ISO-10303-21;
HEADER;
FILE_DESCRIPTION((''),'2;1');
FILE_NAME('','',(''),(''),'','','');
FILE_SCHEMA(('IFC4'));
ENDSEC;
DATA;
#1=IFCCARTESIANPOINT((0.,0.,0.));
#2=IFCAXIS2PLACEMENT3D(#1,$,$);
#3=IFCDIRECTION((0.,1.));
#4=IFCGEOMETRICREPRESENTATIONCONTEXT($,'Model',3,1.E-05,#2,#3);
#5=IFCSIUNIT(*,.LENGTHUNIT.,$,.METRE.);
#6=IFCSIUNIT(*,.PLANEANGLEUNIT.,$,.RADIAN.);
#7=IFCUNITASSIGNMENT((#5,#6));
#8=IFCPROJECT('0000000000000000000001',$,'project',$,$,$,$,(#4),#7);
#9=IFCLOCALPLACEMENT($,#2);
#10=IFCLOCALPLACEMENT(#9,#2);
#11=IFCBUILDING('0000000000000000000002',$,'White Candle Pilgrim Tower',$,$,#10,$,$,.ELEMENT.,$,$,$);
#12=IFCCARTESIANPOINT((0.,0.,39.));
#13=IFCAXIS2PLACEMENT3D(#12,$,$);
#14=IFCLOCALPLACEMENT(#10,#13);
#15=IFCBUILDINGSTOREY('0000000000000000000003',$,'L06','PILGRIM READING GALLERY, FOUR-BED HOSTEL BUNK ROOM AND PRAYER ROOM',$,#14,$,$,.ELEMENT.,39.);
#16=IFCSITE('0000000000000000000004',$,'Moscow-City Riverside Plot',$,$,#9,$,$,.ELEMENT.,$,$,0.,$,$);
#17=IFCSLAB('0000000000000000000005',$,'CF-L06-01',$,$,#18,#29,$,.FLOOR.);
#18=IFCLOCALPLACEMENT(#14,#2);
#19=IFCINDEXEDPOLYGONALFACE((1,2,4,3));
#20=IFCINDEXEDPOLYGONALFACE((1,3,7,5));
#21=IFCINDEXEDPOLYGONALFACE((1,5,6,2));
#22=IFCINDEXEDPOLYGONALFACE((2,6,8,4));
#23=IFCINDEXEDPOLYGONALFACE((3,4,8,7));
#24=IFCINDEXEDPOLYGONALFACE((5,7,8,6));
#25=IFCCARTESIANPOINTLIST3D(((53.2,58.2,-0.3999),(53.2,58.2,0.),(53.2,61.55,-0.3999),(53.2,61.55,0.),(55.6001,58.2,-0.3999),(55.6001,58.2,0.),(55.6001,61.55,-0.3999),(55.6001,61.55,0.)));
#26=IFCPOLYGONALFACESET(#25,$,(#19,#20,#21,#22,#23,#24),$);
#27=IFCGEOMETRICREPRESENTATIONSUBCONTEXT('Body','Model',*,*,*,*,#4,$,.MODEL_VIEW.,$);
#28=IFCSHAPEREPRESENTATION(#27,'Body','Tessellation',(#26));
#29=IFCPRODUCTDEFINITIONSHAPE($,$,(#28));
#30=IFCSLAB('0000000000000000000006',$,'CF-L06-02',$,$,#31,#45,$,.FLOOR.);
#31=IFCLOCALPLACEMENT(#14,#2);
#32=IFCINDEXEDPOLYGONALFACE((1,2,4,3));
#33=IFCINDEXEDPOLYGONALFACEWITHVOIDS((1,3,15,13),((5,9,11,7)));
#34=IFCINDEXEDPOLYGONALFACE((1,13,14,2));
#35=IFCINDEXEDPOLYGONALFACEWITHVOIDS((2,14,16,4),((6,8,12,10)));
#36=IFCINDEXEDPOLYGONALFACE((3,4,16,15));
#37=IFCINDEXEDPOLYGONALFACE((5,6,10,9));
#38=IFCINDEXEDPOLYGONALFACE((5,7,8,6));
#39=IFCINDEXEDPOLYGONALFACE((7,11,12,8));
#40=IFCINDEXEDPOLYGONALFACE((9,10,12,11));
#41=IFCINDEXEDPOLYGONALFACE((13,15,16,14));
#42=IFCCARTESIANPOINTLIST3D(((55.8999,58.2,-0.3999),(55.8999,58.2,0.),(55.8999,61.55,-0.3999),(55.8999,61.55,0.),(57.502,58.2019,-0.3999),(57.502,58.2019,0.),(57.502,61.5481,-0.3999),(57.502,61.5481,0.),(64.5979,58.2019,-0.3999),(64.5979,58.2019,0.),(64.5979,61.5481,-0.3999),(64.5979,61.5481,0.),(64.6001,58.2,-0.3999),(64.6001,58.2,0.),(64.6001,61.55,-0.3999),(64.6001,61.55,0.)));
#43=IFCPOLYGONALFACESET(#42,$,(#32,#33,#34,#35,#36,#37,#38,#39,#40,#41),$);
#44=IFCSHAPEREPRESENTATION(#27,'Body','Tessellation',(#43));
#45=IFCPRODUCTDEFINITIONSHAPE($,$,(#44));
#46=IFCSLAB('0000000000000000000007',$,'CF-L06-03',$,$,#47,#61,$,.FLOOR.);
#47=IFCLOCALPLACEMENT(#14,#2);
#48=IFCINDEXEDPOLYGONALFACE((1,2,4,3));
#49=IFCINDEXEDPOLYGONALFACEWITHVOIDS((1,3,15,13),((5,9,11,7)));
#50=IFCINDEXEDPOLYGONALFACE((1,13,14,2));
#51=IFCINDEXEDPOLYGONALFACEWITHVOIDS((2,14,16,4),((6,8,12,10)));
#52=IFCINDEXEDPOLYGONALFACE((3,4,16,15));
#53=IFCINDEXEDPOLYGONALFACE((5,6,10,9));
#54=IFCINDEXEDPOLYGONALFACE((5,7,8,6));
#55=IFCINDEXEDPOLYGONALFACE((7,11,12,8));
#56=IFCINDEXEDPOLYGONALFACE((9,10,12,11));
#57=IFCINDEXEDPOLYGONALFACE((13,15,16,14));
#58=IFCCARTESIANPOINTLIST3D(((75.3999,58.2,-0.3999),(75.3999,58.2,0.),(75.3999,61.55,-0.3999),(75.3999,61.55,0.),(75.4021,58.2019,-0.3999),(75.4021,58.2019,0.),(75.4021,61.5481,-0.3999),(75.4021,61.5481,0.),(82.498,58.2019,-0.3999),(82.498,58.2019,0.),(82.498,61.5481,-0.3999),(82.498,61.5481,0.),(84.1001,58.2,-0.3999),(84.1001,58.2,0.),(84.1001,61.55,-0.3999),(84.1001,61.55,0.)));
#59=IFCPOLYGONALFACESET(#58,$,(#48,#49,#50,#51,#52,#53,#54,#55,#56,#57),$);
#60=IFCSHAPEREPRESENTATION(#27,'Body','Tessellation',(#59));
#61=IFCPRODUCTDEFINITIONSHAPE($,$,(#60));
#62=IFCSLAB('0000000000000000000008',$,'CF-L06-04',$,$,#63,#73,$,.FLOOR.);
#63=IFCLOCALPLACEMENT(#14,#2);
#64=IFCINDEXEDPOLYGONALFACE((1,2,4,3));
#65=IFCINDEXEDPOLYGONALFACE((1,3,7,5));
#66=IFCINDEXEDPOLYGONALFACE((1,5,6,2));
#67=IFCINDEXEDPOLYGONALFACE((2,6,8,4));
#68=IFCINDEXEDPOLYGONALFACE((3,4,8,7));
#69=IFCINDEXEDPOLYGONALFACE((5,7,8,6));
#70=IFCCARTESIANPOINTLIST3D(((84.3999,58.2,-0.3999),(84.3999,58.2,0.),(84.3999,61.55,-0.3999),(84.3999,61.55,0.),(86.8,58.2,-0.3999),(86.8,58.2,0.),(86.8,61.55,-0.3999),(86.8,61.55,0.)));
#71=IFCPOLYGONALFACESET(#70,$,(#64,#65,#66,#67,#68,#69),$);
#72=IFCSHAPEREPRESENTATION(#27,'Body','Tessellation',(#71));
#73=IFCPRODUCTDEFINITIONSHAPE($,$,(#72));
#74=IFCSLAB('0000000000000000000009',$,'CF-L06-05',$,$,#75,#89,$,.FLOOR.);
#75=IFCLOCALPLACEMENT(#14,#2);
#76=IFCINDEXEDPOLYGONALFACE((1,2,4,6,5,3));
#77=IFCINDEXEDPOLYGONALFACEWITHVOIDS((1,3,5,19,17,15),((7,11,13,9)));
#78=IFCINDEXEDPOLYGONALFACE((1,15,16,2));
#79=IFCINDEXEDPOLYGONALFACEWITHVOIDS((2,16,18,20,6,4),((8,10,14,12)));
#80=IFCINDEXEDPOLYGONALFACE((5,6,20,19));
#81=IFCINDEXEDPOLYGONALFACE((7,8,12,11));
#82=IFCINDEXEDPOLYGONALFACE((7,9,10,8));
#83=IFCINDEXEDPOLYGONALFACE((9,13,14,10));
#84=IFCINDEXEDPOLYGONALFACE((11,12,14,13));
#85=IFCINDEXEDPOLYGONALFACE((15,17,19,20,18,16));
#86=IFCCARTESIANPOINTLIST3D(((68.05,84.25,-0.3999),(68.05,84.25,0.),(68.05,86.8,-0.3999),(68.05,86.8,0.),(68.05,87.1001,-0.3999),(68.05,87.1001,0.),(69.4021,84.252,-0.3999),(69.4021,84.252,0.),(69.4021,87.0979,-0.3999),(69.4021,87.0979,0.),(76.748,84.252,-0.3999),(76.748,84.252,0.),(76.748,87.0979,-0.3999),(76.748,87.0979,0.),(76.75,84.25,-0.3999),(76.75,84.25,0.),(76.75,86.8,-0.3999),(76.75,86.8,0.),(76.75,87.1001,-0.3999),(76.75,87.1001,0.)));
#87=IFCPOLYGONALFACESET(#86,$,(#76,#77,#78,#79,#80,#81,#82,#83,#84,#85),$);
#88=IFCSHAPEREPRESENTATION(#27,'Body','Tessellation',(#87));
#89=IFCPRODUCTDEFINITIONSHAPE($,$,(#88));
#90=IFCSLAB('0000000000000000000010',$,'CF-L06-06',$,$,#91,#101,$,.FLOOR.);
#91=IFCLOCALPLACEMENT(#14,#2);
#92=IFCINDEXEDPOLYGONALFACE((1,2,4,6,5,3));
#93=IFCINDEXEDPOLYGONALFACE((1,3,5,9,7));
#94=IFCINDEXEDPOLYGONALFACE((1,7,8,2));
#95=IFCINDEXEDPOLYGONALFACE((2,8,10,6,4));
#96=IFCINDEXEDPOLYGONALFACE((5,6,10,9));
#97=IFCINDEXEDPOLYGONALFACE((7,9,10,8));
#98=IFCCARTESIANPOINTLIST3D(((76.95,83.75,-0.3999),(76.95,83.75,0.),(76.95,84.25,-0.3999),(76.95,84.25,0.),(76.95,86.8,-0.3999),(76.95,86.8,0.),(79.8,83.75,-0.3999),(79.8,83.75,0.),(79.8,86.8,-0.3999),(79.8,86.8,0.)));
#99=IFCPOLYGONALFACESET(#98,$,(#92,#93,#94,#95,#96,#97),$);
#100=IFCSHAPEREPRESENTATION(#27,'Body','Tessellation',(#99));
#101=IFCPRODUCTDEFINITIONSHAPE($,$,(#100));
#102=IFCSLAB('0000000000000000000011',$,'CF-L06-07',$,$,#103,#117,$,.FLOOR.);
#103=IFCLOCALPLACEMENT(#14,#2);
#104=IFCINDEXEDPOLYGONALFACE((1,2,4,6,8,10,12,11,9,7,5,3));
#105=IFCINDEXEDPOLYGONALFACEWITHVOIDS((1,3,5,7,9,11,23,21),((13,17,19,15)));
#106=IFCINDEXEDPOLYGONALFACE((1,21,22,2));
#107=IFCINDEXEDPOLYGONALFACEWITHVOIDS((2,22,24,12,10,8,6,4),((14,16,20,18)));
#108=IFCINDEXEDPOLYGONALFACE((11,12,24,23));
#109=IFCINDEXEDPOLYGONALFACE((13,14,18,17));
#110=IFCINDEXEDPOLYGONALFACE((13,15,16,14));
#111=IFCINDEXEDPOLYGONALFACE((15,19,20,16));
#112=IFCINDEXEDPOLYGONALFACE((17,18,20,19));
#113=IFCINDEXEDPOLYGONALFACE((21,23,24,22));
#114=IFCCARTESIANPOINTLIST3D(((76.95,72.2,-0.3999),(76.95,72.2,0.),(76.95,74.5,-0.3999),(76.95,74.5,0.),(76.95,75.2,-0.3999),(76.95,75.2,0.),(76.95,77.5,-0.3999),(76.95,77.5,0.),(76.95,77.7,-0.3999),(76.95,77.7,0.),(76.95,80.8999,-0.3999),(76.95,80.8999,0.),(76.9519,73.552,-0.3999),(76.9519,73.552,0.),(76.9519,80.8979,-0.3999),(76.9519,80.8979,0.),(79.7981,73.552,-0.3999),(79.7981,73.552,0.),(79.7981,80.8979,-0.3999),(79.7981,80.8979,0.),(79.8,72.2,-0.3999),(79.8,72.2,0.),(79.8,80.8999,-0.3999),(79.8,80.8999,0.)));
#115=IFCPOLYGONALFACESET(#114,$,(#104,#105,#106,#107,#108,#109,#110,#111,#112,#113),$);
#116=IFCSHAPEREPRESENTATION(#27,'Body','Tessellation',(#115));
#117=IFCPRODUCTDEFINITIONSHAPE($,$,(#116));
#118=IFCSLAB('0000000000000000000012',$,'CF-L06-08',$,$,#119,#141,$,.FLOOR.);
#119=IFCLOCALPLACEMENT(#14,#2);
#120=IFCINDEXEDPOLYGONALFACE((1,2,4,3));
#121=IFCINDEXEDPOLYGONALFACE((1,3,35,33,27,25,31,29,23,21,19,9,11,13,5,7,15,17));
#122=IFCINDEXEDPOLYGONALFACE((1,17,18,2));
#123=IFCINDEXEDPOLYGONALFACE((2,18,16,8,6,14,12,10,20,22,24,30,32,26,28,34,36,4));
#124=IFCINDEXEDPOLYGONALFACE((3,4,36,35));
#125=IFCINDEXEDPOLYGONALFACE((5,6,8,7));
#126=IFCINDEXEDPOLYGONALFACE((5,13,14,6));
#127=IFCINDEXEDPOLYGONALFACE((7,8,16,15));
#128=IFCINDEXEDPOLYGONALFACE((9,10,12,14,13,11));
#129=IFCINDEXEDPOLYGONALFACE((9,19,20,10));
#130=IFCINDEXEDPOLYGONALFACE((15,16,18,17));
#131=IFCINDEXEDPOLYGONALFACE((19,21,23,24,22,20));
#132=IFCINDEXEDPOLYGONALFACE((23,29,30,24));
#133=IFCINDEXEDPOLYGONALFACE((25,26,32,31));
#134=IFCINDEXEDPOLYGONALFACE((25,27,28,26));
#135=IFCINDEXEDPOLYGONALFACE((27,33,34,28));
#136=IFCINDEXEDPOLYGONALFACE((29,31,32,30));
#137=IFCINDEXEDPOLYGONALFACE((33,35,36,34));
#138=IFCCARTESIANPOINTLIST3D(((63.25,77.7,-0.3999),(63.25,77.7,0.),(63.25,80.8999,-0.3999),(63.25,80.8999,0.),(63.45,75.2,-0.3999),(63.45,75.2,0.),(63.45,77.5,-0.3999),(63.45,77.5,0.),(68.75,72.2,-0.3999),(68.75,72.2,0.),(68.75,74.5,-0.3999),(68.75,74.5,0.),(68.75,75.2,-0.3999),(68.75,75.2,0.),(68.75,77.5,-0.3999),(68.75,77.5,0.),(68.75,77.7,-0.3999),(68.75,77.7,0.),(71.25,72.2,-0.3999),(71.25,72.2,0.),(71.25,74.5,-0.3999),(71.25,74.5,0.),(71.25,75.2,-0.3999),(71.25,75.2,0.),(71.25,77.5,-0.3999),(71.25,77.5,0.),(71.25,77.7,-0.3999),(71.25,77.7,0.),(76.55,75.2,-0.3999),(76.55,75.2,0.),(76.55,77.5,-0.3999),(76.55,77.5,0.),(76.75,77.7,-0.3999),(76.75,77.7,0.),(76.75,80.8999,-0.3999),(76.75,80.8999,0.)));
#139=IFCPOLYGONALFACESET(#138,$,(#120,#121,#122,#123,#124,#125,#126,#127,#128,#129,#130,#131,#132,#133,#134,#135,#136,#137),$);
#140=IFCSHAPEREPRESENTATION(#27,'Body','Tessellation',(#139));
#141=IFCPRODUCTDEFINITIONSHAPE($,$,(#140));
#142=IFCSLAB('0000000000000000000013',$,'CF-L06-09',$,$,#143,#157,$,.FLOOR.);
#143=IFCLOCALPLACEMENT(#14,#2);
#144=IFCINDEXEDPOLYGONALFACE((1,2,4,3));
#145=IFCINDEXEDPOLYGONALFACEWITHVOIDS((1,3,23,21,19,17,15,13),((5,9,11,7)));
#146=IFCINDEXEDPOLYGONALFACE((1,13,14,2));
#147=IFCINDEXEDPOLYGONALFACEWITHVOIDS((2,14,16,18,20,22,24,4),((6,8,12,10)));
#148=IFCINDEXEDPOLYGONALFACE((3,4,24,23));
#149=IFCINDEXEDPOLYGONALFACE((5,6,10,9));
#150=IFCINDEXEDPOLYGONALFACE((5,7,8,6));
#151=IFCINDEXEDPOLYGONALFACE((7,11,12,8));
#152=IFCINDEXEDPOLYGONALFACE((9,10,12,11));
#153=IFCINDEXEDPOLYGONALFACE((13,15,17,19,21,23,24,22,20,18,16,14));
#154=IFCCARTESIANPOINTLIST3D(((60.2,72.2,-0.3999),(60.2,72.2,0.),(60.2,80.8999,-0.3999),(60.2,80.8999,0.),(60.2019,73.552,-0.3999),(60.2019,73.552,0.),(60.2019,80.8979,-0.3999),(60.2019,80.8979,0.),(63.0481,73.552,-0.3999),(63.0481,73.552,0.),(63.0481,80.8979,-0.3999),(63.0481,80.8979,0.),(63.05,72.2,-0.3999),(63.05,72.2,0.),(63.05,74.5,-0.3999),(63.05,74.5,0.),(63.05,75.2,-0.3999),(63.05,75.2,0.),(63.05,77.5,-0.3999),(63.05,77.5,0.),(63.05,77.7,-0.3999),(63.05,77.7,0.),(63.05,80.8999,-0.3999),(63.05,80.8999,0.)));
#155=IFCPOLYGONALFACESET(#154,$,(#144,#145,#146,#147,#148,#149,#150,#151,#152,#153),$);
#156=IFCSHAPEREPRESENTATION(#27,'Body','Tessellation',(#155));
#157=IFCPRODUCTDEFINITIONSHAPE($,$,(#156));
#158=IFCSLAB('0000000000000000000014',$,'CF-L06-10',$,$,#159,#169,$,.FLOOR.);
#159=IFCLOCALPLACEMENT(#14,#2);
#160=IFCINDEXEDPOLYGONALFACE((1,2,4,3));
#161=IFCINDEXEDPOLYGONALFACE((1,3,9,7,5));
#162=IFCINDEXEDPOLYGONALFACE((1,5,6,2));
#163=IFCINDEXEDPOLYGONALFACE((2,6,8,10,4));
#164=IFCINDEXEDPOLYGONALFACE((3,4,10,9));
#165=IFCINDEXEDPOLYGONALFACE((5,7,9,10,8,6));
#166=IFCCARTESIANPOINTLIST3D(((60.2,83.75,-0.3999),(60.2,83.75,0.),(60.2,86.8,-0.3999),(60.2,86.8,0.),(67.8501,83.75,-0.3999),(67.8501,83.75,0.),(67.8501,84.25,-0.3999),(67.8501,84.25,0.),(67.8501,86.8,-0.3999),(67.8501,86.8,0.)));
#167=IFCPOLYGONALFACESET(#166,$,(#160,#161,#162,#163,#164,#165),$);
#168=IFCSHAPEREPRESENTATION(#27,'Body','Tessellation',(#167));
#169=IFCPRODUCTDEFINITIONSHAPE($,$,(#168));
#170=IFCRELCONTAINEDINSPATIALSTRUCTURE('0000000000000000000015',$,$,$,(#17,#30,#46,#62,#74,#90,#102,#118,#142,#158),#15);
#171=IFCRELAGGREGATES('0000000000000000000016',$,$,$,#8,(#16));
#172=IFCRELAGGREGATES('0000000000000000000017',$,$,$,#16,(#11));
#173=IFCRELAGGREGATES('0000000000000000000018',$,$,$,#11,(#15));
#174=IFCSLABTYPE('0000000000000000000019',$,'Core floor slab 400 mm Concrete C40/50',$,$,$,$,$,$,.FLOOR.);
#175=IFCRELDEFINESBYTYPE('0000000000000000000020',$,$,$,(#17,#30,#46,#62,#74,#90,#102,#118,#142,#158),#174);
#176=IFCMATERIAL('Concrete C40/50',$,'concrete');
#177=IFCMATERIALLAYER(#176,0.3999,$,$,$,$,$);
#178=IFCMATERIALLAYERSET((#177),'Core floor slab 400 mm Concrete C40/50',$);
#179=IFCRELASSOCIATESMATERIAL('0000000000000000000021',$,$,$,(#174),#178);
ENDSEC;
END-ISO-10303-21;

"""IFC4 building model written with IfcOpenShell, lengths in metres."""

from ifc_helpers import new_model, si_unit, direction, frame, origin, place, context, subcontext, project, spatial, polyline, outline, extrude, material, layer, layer_set, type_object, element, save


model = new_model("IFC4")

# Units and contexts
model_context = context("Model", 3, precision=1e-05, world=origin(), true_north=direction((0.0, 1.0)))
body_context = subcontext(model_context, "Body", "Model", "MODEL_VIEW")
ifc_project = project(units=[si_unit("LENGTHUNIT", "METRE"), si_unit("PLANEANGLEUNIT", "RADIAN")], contexts=[model_context])

# Site, building, storey
site_placement = place(None, origin())
site = spatial("IfcSite", under=ifc_project, at=site_placement, Name="Moscow-City Riverside Plot", CompositionType="ELEMENT", RefElevation=0.0)
building_placement = place(site_placement, origin())
building = spatial("IfcBuilding", under=site, at=building_placement, Name="White Candle Pilgrim Tower", CompositionType="ELEMENT")
storey_placement = place(building_placement, frame((0.0, 0.0, 39.0)))
storey = spatial("IfcBuildingStorey", under=building, at=storey_placement, Name="L06", Description="PILGRIM READING GALLERY, FOUR-BED HOSTEL BUNK ROOM AND PRAYER ROOM", CompositionType="ELEMENT", Elevation=39.0)

# Slabs
ifc_material_1 = material(Name="Concrete C40/50", Category="concrete")
ifc_layer_1 = layer(ifc_material_1, 0.3999)
ifc_layer_set_1 = layer_set([ifc_layer_1], Name="Core floor slab 400 mm Concrete C40/50")
slab_type_1 = type_object("IfcSlabType", Name="Core floor slab 400 mm Concrete C40/50", PredefinedType="FLOOR", material=ifc_layer_set_1)
slab_1_placement = place(storey_placement, frame((0.0, 0.0, -0.3999)))
element("IfcSlab", 1, at=slab_1_placement, inside=storey, type_object=slab_type_1, Name="CF-L06-01", PredefinedType="FLOOR", context=body_context, shape_type="SweptSolid", body=[
    extrude(outline(polyline([(55.6001, 58.2), (53.2, 58.2), (53.2, 61.55), (55.6001, 61.55), (55.6001, 58.2)])), origin(), (0.0, 0.0, 1.0), 0.3999),
])
slab_2_placement = place(storey_placement, frame((0.0, 0.0, -0.3999)))
element("IfcSlab", 2, at=slab_2_placement, inside=storey, type_object=slab_type_1, Name="CF-L06-02", PredefinedType="FLOOR", context=body_context, shape_type="SweptSolid", body=[
    extrude(outline(polyline([(55.8999, 58.2), (55.8999, 61.55), (64.6001, 61.55), (64.6001, 58.2), (55.8999, 58.2)]), holes=[polyline([(57.502, 61.5481), (57.502, 58.2019), (64.5979, 58.2019), (64.5979, 61.5481), (57.502, 61.5481)])]), origin(), (0.0, 0.0, 1.0), 0.3999),
])
slab_3_placement = place(storey_placement, frame((0.0, 0.0, -0.3999)))
element("IfcSlab", 3, at=slab_3_placement, inside=storey, type_object=slab_type_1, Name="CF-L06-03", PredefinedType="FLOOR", context=body_context, shape_type="SweptSolid", body=[
    extrude(outline(polyline([(75.3999, 58.2), (75.3999, 61.55), (84.1001, 61.55), (84.1001, 58.2), (75.3999, 58.2)]), holes=[polyline([(82.498, 58.2019), (82.498, 61.5481), (75.4021, 61.5481), (75.4021, 58.2019), (82.498, 58.2019)])]), origin(), (0.0, 0.0, 1.0), 0.3999),
])
slab_4_placement = place(storey_placement, frame((0.0, 0.0, -0.3999)))
element("IfcSlab", 4, at=slab_4_placement, inside=storey, type_object=slab_type_1, Name="CF-L06-04", PredefinedType="FLOOR", context=body_context, shape_type="SweptSolid", body=[
    extrude(outline(polyline([(86.8, 58.2), (84.3999, 58.2), (84.3999, 61.55), (86.8, 61.55), (86.8, 58.2)])), origin(), (0.0, 0.0, 1.0), 0.3999),
])
slab_5_placement = place(storey_placement, frame((0.0, 0.0, -0.3999)))
element("IfcSlab", 5, at=slab_5_placement, inside=storey, type_object=slab_type_1, Name="CF-L06-05", PredefinedType="FLOOR", context=body_context, shape_type="SweptSolid", body=[
    extrude(outline(polyline([(76.75, 87.1001), (76.75, 86.8), (76.75, 84.25), (68.05, 84.25), (68.05, 86.8), (68.05, 87.1001), (76.75, 87.1001)]), holes=[polyline([(69.4021, 87.0979), (69.4021, 84.252), (76.748, 84.252), (76.748, 87.0979), (69.4021, 87.0979)])]), origin(), (0.0, 0.0, 1.0), 0.3999),
])
slab_6_placement = place(storey_placement, frame((0.0, 0.0, -0.3999)))
element("IfcSlab", 6, at=slab_6_placement, inside=storey, type_object=slab_type_1, Name="CF-L06-06", PredefinedType="FLOOR", context=body_context, shape_type="SweptSolid", body=[
    extrude(outline(polyline([(79.8, 86.8), (79.8, 83.75), (76.95, 83.75), (76.95, 84.25), (76.95, 86.8), (79.8, 86.8)])), origin(), (0.0, 0.0, 1.0), 0.3999),
])
slab_7_placement = place(storey_placement, frame((0.0, 0.0, -0.3999)))
element("IfcSlab", 7, at=slab_7_placement, inside=storey, type_object=slab_type_1, Name="CF-L06-07", PredefinedType="FLOOR", context=body_context, shape_type="SweptSolid", body=[
    extrude(outline(polyline([(79.8, 72.2), (76.95, 72.2), (76.95, 74.5), (76.95, 75.2), (76.95, 77.5), (76.95, 77.7), (76.95, 80.8999), (79.8, 80.8999), (79.8, 72.2)]), holes=[polyline([(76.9519, 73.552), (79.7981, 73.552), (79.7981, 80.8979), (76.9519, 80.8979), (76.9519, 73.552)])]), origin(), (0.0, 0.0, 1.0), 0.3999),
])
slab_8_placement = place(storey_placement, frame((0.0, 0.0, -0.3999)))
element("IfcSlab", 8, at=slab_8_placement, inside=storey, type_object=slab_type_1, Name="CF-L06-08", PredefinedType="FLOOR", context=body_context, shape_type="SweptSolid", body=[
    extrude(outline(polyline([(68.75, 72.2), (68.75, 74.5), (68.75, 75.2), (63.45, 75.2), (63.45, 77.5), (68.75, 77.5), (68.75, 77.7), (63.25, 77.7), (63.25, 80.8999), (76.75, 80.8999), (76.75, 77.7), (71.25, 77.7), (71.25, 77.5), (76.55, 77.5), (76.55, 75.2), (71.25, 75.2), (71.25, 74.5), (71.25, 72.2), (68.75, 72.2)])), origin(), (0.0, 0.0, 1.0), 0.3999),
])
slab_9_placement = place(storey_placement, frame((0.0, 0.0, -0.3999)))
element("IfcSlab", 9, at=slab_9_placement, inside=storey, type_object=slab_type_1, Name="CF-L06-09", PredefinedType="FLOOR", context=body_context, shape_type="SweptSolid", body=[
    extrude(outline(polyline([(60.2, 72.2), (60.2, 80.8999), (63.05, 80.8999), (63.05, 77.7), (63.05, 77.5), (63.05, 75.2), (63.05, 74.5), (63.05, 72.2), (60.2, 72.2)]), holes=[polyline([(60.2019, 73.552), (63.0481, 73.552), (63.0481, 80.8979), (60.2019, 80.8979), (60.2019, 73.552)])]), origin(), (0.0, 0.0, 1.0), 0.3999),
])
slab_10_placement = place(storey_placement, frame((0.0, 0.0, -0.3999)))
element("IfcSlab", 10, at=slab_10_placement, inside=storey, type_object=slab_type_1, Name="CF-L06-10", PredefinedType="FLOOR", context=body_context, shape_type="SweptSolid", body=[
    extrude(outline(polyline([(60.2, 86.8), (67.8501, 86.8), (67.8501, 84.25), (67.8501, 83.75), (60.2, 83.75), (60.2, 86.8)])), origin(), (0.0, 0.0, 1.0), 0.3999),
])

save(model, "model.ifc")
